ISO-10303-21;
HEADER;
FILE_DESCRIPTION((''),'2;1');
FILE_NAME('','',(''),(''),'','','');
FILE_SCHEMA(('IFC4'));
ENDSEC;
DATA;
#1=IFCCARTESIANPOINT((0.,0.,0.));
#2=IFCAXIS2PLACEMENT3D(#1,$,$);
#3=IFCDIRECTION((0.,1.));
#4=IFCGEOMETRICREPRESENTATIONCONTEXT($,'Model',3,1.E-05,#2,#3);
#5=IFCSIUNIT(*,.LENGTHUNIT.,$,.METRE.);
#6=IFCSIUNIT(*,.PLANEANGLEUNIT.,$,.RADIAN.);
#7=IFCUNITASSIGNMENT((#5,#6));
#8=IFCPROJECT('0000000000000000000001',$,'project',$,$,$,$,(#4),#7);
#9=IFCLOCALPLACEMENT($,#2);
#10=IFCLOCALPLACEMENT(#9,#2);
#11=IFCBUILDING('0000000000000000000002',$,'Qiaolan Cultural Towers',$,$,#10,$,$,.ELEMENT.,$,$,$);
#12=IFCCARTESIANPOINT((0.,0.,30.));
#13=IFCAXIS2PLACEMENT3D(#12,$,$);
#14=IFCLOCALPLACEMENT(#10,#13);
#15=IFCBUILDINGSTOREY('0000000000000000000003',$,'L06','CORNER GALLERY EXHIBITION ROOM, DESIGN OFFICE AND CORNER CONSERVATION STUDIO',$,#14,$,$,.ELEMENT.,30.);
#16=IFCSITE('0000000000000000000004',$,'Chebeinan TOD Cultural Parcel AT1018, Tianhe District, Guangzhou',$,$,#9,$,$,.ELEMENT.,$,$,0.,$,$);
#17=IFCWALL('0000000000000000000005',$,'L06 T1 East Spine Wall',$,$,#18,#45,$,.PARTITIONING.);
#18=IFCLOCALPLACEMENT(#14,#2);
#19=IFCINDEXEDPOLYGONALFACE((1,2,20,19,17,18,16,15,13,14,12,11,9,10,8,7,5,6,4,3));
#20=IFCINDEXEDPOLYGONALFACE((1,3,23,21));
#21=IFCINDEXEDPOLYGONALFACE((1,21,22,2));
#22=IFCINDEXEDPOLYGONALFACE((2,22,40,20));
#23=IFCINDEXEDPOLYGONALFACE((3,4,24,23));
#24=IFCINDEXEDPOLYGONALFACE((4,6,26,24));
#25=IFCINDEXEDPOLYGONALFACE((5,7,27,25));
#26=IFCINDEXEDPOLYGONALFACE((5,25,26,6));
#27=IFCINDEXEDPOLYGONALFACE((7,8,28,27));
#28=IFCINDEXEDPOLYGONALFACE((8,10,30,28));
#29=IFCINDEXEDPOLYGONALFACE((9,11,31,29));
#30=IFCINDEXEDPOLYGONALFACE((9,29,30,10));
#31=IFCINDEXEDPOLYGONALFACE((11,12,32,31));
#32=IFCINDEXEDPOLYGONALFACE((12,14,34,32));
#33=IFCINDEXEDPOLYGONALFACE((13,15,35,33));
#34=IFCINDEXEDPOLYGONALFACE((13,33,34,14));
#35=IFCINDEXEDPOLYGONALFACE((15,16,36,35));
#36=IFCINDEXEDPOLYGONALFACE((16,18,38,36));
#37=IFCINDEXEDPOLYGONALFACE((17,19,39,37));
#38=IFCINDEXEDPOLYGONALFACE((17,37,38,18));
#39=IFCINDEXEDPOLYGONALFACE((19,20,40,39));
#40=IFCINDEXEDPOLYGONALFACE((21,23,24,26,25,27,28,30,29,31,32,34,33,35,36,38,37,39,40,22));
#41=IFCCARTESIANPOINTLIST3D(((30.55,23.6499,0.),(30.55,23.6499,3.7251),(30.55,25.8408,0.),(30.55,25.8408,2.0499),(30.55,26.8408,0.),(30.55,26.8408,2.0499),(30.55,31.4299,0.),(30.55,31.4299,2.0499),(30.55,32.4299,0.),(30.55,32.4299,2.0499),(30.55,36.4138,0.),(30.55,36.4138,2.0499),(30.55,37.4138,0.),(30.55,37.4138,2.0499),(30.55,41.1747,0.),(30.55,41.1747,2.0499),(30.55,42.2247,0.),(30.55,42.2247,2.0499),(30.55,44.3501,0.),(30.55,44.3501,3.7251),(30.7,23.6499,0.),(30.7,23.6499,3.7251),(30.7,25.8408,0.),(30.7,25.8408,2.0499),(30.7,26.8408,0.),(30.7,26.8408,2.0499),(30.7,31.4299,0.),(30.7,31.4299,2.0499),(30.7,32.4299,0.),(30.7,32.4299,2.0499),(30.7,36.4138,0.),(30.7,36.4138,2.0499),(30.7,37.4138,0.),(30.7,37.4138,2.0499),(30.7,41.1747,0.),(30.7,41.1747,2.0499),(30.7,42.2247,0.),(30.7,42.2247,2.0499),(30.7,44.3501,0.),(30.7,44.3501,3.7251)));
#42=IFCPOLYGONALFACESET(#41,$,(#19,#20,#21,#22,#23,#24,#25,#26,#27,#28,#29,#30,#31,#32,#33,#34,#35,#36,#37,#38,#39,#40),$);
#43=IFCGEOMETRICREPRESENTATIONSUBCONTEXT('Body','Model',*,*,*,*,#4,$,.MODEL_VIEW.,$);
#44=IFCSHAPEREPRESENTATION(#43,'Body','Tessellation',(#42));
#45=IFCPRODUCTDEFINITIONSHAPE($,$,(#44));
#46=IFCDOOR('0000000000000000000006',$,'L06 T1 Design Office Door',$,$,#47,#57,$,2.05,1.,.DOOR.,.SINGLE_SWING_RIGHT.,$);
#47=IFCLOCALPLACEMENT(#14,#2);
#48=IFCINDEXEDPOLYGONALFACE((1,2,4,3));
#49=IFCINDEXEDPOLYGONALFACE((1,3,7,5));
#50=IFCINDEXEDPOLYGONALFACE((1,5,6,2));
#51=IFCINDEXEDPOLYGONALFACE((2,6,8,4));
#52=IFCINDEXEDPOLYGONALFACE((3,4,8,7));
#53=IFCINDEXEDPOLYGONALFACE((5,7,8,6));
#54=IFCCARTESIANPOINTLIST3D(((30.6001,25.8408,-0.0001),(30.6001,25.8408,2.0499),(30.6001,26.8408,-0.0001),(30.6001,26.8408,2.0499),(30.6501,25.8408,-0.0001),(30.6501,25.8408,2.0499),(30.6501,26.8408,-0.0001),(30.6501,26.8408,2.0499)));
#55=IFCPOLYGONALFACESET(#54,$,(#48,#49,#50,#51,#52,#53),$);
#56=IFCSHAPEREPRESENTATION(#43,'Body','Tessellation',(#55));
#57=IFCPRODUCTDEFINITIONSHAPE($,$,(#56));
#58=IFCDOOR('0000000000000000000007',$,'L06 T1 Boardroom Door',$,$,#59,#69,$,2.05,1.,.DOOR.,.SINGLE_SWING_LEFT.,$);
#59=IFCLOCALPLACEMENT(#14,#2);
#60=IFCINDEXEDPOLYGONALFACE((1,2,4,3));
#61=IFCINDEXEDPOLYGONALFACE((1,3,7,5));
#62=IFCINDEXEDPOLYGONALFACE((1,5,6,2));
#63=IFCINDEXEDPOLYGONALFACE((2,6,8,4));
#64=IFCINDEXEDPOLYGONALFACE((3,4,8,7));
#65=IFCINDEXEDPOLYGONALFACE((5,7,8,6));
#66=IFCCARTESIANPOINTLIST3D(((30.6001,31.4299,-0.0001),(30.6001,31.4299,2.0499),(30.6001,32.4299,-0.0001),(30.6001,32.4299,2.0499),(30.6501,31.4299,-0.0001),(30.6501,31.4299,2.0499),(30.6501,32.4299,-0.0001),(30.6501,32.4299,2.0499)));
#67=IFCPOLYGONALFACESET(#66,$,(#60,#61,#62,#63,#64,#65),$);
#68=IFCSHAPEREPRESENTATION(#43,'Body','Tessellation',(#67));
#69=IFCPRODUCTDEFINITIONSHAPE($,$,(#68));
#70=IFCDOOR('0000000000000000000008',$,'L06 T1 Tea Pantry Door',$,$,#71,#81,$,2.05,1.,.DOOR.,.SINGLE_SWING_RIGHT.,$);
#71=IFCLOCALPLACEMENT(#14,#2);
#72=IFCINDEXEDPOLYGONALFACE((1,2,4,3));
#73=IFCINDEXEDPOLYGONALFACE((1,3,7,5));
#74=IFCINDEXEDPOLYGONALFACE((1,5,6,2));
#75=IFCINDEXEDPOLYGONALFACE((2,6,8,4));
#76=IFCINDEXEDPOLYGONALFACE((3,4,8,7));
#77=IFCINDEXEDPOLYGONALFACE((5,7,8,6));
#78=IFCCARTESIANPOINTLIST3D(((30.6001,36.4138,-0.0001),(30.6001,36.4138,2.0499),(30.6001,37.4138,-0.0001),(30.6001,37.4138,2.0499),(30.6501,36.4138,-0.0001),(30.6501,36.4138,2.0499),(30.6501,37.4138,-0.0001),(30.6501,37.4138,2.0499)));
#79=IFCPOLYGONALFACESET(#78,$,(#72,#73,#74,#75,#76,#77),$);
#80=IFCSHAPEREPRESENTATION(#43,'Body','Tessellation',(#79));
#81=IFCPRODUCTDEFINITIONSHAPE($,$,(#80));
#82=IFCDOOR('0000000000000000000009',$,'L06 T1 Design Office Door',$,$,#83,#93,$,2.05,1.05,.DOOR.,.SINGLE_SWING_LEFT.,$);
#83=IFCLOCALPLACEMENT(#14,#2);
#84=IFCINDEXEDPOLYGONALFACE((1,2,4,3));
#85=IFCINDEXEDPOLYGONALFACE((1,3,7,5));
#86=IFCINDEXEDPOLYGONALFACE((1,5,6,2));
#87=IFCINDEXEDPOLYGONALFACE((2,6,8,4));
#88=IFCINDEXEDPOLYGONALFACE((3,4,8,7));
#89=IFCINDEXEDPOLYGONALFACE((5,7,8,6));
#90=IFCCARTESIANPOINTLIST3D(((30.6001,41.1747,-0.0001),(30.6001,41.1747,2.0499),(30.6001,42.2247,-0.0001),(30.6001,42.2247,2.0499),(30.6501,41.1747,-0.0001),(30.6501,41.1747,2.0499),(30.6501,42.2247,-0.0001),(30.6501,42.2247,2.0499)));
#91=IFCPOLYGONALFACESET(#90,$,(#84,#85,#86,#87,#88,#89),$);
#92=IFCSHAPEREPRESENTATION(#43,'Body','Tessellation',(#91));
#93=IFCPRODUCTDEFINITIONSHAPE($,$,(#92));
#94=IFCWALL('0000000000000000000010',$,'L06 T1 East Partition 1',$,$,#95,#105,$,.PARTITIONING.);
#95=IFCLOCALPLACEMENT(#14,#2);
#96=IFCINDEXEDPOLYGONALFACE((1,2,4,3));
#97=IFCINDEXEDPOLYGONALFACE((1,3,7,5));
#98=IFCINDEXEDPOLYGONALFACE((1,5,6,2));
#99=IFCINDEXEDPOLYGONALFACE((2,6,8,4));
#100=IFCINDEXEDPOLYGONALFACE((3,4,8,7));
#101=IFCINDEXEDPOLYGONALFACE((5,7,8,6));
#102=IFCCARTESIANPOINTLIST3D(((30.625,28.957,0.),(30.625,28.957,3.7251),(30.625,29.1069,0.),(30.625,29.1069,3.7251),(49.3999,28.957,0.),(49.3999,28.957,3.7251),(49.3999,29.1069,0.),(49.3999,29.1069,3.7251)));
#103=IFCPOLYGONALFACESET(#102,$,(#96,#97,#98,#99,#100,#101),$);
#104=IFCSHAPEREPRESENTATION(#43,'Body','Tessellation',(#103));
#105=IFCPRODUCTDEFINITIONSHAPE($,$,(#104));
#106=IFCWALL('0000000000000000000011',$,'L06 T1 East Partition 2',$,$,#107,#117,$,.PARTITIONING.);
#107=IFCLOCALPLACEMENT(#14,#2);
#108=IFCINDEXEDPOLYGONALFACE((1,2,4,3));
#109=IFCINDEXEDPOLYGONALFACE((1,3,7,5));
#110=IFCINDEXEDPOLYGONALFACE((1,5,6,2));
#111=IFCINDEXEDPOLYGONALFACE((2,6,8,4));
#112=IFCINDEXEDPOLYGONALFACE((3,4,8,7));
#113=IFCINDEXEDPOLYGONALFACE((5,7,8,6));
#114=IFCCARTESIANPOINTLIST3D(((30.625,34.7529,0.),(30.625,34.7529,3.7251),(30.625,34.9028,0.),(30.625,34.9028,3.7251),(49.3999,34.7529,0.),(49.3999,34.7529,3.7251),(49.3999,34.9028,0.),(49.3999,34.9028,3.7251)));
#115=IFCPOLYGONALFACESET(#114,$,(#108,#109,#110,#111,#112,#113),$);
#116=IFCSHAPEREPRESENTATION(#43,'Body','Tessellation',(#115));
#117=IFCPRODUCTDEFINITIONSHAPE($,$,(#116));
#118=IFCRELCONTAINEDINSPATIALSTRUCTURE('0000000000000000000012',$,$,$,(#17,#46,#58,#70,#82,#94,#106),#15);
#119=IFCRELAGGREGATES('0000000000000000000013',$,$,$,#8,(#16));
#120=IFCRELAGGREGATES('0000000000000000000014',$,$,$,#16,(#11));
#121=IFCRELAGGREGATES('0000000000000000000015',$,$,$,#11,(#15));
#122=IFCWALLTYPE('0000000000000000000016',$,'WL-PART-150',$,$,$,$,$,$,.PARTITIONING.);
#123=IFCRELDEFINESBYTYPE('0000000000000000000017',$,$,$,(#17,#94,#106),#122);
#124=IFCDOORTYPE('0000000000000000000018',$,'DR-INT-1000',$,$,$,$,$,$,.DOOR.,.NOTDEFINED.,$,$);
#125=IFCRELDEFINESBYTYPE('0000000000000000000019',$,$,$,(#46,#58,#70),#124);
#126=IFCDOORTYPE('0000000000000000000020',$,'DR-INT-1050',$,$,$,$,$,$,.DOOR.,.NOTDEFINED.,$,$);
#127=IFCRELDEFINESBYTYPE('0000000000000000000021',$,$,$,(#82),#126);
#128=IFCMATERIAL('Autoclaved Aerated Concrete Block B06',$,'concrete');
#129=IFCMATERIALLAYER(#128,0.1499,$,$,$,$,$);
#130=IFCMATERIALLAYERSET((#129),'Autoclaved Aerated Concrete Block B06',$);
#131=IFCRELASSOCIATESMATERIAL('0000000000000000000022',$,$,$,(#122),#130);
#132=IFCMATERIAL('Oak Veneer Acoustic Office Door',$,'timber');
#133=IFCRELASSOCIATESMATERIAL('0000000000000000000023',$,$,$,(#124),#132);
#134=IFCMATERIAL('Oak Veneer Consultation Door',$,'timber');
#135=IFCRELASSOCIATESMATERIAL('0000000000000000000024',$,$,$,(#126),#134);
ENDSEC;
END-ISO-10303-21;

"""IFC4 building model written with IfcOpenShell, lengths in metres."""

from ifc_helpers import new_model, si_unit, direction, frame, frame_2d, origin, place, context, subcontext, project, spatial, rectangle, extrude, material, layer, layer_set, type_object, element, fill, save


model = new_model("IFC4")

# Units and contexts
model_context = context("Model", 3, precision=1e-05, world=origin(), true_north=direction((0.0, 1.0)))
body_context = subcontext(model_context, "Body", "Model", "MODEL_VIEW")
ifc_project = project(units=[si_unit("LENGTHUNIT", "METRE"), si_unit("PLANEANGLEUNIT", "RADIAN")], contexts=[model_context])

# Site, building, storey
site_placement = place(None, origin())
site = spatial("IfcSite", under=ifc_project, at=site_placement, Name="Chebeinan TOD Cultural Parcel AT1018, Tianhe District, Guangzhou", CompositionType="ELEMENT", RefElevation=0.0)
building_placement = place(site_placement, origin())
building = spatial("IfcBuilding", under=site, at=building_placement, Name="Qiaolan Cultural Towers", CompositionType="ELEMENT")
storey_placement = place(building_placement, frame((0.0, 0.0, 30.0)))
storey = spatial("IfcBuildingStorey", under=building, at=storey_placement, Name="L06", Description="CORNER GALLERY EXHIBITION ROOM, DESIGN OFFICE AND CORNER CONSERVATION STUDIO", CompositionType="ELEMENT", Elevation=30.0)

# Shared definitions
ifc_material_1 = material(Name="Autoclaved Aerated Concrete Block B06", Category="concrete")
ifc_layer_1 = layer(ifc_material_1, 0.1499)
ifc_layer_set_1 = layer_set([ifc_layer_1], Name="Autoclaved Aerated Concrete Block B06")
wall_type_1 = type_object("IfcWallType", Name="WL-PART-150", PredefinedType="PARTITIONING", material=ifc_layer_set_1)

# Wall, openings, doors
ifc_material_2 = material(Name="Oak Veneer Acoustic Office Door", Category="timber")
door_type_1 = type_object("IfcDoorType", Name="DR-INT-1000", OperationType="NOTDEFINED", PredefinedType="DOOR", material=ifc_material_2)
ifc_material_3 = material(Name="Oak Veneer Consultation Door", Category="timber")
door_type_2 = type_object("IfcDoorType", Name="DR-INT-1050", OperationType="NOTDEFINED", PredefinedType="DOOR", material=ifc_material_3)
wall_1_placement = place(storey_placement, frame((30.625, 23.6499, 0.0), z_axis=(0.0, 0.0, 1.0), x_axis=(0.0, 1.0, 0.0)))
wall_1 = element("IfcWall", 1, at=wall_1_placement, inside=storey, type_object=wall_type_1, Name="L06 T1 East Spine Wall", PredefinedType="PARTITIONING", context=body_context, shape_type="SweptSolid", body=[
    extrude(rectangle(XDim=20.7002, YDim=0.1499, at=frame_2d((10.3501, 0.0))), origin(), (0.0, 0.0, 1.0), 3.7251),
])
opening_1_placement = place(wall_1_placement, frame((2.1909, 0.0, 0.0)))
opening_1 = element("IfcOpeningElement", 2, at=opening_1_placement, cuts=wall_1, PredefinedType="OPENING", context=body_context, shape_type="SweptSolid", body=[
    extrude(rectangle(XDim=1.0, YDim=2.05, at=frame_2d((0.5, 1.0249))), frame((0.0, 0.085, 0.0), z_axis=(0.0, -1.0, 0.0), x_axis=(1.0, 0.0, 0.0)), (0.0, 0.0, 1.0), 0.1699),
])
opening_2_placement = place(wall_1_placement, frame((7.78, 0.0, 0.0)))
opening_2 = element("IfcOpeningElement", 3, at=opening_2_placement, cuts=wall_1, PredefinedType="OPENING", context=body_context, shape_type="SweptSolid", body=[
    extrude(rectangle(XDim=1.0, YDim=2.05, at=frame_2d((0.5, 1.0249))), frame((0.0, 0.085, 0.0), z_axis=(0.0, -1.0, 0.0), x_axis=(1.0, 0.0, 0.0)), (0.0, 0.0, 1.0), 0.1699),
])
opening_3_placement = place(wall_1_placement, frame((12.7639, 0.0, 0.0)))
opening_3 = element("IfcOpeningElement", 4, at=opening_3_placement, cuts=wall_1, PredefinedType="OPENING", context=body_context, shape_type="SweptSolid", body=[
    extrude(rectangle(XDim=1.0, YDim=2.05, at=frame_2d((0.5, 1.0249))), frame((0.0, 0.085, 0.0), z_axis=(0.0, -1.0, 0.0), x_axis=(1.0, 0.0, 0.0)), (0.0, 0.0, 1.0), 0.1699),
])
opening_4_placement = place(wall_1_placement, frame((17.5249, 0.0, 0.0)))
opening_4 = element("IfcOpeningElement", 5, at=opening_4_placement, cuts=wall_1, PredefinedType="OPENING", context=body_context, shape_type="SweptSolid", body=[
    extrude(rectangle(XDim=1.05, YDim=2.05, at=frame_2d((0.5249, 1.0249))), frame((0.0, 0.085, 0.0), z_axis=(0.0, -1.0, 0.0), x_axis=(1.0, 0.0, 0.0)), (0.0, 0.0, 1.0), 0.1699),
])
door_1_placement = place(opening_1_placement, origin())
door_1 = element("IfcDoor", 6, at=door_1_placement, inside=storey, type_object=door_type_1, Name="L06 T1 Design Office Door", OperationType="SINGLE_SWING_RIGHT", OverallHeight=2.05, OverallWidth=1.0, PredefinedType="DOOR", context=body_context, shape_type="SweptSolid", body=[
    extrude(rectangle(XDim=1.0, YDim=2.05, at=frame_2d((0.5, 1.0249))), frame((0.0, 0.0249, 0.0), z_axis=(0.0, -1.0, 0.0), x_axis=(1.0, 0.0, 0.0)), (0.0, 0.0, 1.0), 0.05),
])
fill(opening_1, door_1)
door_2_placement = place(opening_2_placement, origin())
door_2 = element("IfcDoor", 7, at=door_2_placement, inside=storey, type_object=door_type_1, Name="L06 T1 Boardroom Door", OperationType="SINGLE_SWING_LEFT", OverallHeight=2.05, OverallWidth=1.0, PredefinedType="DOOR", context=body_context, shape_type="SweptSolid", body=[
    extrude(rectangle(XDim=1.0, YDim=2.05, at=frame_2d((0.5, 1.0249))), frame((0.0, 0.0249, 0.0), z_axis=(0.0, -1.0, 0.0), x_axis=(1.0, 0.0, 0.0)), (0.0, 0.0, 1.0), 0.05),
])
fill(opening_2, door_2)
door_3_placement = place(opening_3_placement, origin())
door_3 = element("IfcDoor", 8, at=door_3_placement, inside=storey, type_object=door_type_1, Name="L06 T1 Tea Pantry Door", OperationType="SINGLE_SWING_RIGHT", OverallHeight=2.05, OverallWidth=1.0, PredefinedType="DOOR", context=body_context, shape_type="SweptSolid", body=[
    extrude(rectangle(XDim=1.0, YDim=2.05, at=frame_2d((0.5, 1.0249))), frame((0.0, 0.0249, 0.0), z_axis=(0.0, -1.0, 0.0), x_axis=(1.0, 0.0, 0.0)), (0.0, 0.0, 1.0), 0.05),
])
fill(opening_3, door_3)
door_4_placement = place(opening_4_placement, origin())
door_4 = element("IfcDoor", 9, at=door_4_placement, inside=storey, type_object=door_type_2, Name="L06 T1 Design Office Door", OperationType="SINGLE_SWING_LEFT", OverallHeight=2.05, OverallWidth=1.05, PredefinedType="DOOR", context=body_context, shape_type="SweptSolid", body=[
    extrude(rectangle(XDim=1.05, YDim=2.05, at=frame_2d((0.5249, 1.0249))), frame((0.0, 0.0249, 0.0), z_axis=(0.0, -1.0, 0.0), x_axis=(1.0, 0.0, 0.0)), (0.0, 0.0, 1.0), 0.05),
])
fill(opening_4, door_4)

# Walls
for number, where, z_axis, x_axis, name in (
    (10, (30.625, 29.032, 0.0), (0.0, 0.0, 1.0), (1.0, 0.0, 0.0), "L06 T1 East Partition 1"),
    (11, (30.625, 34.8279, 0.0), (0.0, 0.0, 1.0), (1.0, 0.0, 0.0), "L06 T1 East Partition 2"),
):
    element("IfcWall", number, at=place(storey_placement, frame(where, z_axis=z_axis, x_axis=x_axis)), inside=storey, type_object=wall_type_1, Name=name, PredefinedType="PARTITIONING", context=body_context, shape_type="SweptSolid", body=[
        extrude(rectangle(XDim=18.7749, YDim=0.1499, at=frame_2d((9.3875, 0.0))), origin(), (0.0, 0.0, 1.0), 3.7251),
    ])

save(model, "model.ifc")
